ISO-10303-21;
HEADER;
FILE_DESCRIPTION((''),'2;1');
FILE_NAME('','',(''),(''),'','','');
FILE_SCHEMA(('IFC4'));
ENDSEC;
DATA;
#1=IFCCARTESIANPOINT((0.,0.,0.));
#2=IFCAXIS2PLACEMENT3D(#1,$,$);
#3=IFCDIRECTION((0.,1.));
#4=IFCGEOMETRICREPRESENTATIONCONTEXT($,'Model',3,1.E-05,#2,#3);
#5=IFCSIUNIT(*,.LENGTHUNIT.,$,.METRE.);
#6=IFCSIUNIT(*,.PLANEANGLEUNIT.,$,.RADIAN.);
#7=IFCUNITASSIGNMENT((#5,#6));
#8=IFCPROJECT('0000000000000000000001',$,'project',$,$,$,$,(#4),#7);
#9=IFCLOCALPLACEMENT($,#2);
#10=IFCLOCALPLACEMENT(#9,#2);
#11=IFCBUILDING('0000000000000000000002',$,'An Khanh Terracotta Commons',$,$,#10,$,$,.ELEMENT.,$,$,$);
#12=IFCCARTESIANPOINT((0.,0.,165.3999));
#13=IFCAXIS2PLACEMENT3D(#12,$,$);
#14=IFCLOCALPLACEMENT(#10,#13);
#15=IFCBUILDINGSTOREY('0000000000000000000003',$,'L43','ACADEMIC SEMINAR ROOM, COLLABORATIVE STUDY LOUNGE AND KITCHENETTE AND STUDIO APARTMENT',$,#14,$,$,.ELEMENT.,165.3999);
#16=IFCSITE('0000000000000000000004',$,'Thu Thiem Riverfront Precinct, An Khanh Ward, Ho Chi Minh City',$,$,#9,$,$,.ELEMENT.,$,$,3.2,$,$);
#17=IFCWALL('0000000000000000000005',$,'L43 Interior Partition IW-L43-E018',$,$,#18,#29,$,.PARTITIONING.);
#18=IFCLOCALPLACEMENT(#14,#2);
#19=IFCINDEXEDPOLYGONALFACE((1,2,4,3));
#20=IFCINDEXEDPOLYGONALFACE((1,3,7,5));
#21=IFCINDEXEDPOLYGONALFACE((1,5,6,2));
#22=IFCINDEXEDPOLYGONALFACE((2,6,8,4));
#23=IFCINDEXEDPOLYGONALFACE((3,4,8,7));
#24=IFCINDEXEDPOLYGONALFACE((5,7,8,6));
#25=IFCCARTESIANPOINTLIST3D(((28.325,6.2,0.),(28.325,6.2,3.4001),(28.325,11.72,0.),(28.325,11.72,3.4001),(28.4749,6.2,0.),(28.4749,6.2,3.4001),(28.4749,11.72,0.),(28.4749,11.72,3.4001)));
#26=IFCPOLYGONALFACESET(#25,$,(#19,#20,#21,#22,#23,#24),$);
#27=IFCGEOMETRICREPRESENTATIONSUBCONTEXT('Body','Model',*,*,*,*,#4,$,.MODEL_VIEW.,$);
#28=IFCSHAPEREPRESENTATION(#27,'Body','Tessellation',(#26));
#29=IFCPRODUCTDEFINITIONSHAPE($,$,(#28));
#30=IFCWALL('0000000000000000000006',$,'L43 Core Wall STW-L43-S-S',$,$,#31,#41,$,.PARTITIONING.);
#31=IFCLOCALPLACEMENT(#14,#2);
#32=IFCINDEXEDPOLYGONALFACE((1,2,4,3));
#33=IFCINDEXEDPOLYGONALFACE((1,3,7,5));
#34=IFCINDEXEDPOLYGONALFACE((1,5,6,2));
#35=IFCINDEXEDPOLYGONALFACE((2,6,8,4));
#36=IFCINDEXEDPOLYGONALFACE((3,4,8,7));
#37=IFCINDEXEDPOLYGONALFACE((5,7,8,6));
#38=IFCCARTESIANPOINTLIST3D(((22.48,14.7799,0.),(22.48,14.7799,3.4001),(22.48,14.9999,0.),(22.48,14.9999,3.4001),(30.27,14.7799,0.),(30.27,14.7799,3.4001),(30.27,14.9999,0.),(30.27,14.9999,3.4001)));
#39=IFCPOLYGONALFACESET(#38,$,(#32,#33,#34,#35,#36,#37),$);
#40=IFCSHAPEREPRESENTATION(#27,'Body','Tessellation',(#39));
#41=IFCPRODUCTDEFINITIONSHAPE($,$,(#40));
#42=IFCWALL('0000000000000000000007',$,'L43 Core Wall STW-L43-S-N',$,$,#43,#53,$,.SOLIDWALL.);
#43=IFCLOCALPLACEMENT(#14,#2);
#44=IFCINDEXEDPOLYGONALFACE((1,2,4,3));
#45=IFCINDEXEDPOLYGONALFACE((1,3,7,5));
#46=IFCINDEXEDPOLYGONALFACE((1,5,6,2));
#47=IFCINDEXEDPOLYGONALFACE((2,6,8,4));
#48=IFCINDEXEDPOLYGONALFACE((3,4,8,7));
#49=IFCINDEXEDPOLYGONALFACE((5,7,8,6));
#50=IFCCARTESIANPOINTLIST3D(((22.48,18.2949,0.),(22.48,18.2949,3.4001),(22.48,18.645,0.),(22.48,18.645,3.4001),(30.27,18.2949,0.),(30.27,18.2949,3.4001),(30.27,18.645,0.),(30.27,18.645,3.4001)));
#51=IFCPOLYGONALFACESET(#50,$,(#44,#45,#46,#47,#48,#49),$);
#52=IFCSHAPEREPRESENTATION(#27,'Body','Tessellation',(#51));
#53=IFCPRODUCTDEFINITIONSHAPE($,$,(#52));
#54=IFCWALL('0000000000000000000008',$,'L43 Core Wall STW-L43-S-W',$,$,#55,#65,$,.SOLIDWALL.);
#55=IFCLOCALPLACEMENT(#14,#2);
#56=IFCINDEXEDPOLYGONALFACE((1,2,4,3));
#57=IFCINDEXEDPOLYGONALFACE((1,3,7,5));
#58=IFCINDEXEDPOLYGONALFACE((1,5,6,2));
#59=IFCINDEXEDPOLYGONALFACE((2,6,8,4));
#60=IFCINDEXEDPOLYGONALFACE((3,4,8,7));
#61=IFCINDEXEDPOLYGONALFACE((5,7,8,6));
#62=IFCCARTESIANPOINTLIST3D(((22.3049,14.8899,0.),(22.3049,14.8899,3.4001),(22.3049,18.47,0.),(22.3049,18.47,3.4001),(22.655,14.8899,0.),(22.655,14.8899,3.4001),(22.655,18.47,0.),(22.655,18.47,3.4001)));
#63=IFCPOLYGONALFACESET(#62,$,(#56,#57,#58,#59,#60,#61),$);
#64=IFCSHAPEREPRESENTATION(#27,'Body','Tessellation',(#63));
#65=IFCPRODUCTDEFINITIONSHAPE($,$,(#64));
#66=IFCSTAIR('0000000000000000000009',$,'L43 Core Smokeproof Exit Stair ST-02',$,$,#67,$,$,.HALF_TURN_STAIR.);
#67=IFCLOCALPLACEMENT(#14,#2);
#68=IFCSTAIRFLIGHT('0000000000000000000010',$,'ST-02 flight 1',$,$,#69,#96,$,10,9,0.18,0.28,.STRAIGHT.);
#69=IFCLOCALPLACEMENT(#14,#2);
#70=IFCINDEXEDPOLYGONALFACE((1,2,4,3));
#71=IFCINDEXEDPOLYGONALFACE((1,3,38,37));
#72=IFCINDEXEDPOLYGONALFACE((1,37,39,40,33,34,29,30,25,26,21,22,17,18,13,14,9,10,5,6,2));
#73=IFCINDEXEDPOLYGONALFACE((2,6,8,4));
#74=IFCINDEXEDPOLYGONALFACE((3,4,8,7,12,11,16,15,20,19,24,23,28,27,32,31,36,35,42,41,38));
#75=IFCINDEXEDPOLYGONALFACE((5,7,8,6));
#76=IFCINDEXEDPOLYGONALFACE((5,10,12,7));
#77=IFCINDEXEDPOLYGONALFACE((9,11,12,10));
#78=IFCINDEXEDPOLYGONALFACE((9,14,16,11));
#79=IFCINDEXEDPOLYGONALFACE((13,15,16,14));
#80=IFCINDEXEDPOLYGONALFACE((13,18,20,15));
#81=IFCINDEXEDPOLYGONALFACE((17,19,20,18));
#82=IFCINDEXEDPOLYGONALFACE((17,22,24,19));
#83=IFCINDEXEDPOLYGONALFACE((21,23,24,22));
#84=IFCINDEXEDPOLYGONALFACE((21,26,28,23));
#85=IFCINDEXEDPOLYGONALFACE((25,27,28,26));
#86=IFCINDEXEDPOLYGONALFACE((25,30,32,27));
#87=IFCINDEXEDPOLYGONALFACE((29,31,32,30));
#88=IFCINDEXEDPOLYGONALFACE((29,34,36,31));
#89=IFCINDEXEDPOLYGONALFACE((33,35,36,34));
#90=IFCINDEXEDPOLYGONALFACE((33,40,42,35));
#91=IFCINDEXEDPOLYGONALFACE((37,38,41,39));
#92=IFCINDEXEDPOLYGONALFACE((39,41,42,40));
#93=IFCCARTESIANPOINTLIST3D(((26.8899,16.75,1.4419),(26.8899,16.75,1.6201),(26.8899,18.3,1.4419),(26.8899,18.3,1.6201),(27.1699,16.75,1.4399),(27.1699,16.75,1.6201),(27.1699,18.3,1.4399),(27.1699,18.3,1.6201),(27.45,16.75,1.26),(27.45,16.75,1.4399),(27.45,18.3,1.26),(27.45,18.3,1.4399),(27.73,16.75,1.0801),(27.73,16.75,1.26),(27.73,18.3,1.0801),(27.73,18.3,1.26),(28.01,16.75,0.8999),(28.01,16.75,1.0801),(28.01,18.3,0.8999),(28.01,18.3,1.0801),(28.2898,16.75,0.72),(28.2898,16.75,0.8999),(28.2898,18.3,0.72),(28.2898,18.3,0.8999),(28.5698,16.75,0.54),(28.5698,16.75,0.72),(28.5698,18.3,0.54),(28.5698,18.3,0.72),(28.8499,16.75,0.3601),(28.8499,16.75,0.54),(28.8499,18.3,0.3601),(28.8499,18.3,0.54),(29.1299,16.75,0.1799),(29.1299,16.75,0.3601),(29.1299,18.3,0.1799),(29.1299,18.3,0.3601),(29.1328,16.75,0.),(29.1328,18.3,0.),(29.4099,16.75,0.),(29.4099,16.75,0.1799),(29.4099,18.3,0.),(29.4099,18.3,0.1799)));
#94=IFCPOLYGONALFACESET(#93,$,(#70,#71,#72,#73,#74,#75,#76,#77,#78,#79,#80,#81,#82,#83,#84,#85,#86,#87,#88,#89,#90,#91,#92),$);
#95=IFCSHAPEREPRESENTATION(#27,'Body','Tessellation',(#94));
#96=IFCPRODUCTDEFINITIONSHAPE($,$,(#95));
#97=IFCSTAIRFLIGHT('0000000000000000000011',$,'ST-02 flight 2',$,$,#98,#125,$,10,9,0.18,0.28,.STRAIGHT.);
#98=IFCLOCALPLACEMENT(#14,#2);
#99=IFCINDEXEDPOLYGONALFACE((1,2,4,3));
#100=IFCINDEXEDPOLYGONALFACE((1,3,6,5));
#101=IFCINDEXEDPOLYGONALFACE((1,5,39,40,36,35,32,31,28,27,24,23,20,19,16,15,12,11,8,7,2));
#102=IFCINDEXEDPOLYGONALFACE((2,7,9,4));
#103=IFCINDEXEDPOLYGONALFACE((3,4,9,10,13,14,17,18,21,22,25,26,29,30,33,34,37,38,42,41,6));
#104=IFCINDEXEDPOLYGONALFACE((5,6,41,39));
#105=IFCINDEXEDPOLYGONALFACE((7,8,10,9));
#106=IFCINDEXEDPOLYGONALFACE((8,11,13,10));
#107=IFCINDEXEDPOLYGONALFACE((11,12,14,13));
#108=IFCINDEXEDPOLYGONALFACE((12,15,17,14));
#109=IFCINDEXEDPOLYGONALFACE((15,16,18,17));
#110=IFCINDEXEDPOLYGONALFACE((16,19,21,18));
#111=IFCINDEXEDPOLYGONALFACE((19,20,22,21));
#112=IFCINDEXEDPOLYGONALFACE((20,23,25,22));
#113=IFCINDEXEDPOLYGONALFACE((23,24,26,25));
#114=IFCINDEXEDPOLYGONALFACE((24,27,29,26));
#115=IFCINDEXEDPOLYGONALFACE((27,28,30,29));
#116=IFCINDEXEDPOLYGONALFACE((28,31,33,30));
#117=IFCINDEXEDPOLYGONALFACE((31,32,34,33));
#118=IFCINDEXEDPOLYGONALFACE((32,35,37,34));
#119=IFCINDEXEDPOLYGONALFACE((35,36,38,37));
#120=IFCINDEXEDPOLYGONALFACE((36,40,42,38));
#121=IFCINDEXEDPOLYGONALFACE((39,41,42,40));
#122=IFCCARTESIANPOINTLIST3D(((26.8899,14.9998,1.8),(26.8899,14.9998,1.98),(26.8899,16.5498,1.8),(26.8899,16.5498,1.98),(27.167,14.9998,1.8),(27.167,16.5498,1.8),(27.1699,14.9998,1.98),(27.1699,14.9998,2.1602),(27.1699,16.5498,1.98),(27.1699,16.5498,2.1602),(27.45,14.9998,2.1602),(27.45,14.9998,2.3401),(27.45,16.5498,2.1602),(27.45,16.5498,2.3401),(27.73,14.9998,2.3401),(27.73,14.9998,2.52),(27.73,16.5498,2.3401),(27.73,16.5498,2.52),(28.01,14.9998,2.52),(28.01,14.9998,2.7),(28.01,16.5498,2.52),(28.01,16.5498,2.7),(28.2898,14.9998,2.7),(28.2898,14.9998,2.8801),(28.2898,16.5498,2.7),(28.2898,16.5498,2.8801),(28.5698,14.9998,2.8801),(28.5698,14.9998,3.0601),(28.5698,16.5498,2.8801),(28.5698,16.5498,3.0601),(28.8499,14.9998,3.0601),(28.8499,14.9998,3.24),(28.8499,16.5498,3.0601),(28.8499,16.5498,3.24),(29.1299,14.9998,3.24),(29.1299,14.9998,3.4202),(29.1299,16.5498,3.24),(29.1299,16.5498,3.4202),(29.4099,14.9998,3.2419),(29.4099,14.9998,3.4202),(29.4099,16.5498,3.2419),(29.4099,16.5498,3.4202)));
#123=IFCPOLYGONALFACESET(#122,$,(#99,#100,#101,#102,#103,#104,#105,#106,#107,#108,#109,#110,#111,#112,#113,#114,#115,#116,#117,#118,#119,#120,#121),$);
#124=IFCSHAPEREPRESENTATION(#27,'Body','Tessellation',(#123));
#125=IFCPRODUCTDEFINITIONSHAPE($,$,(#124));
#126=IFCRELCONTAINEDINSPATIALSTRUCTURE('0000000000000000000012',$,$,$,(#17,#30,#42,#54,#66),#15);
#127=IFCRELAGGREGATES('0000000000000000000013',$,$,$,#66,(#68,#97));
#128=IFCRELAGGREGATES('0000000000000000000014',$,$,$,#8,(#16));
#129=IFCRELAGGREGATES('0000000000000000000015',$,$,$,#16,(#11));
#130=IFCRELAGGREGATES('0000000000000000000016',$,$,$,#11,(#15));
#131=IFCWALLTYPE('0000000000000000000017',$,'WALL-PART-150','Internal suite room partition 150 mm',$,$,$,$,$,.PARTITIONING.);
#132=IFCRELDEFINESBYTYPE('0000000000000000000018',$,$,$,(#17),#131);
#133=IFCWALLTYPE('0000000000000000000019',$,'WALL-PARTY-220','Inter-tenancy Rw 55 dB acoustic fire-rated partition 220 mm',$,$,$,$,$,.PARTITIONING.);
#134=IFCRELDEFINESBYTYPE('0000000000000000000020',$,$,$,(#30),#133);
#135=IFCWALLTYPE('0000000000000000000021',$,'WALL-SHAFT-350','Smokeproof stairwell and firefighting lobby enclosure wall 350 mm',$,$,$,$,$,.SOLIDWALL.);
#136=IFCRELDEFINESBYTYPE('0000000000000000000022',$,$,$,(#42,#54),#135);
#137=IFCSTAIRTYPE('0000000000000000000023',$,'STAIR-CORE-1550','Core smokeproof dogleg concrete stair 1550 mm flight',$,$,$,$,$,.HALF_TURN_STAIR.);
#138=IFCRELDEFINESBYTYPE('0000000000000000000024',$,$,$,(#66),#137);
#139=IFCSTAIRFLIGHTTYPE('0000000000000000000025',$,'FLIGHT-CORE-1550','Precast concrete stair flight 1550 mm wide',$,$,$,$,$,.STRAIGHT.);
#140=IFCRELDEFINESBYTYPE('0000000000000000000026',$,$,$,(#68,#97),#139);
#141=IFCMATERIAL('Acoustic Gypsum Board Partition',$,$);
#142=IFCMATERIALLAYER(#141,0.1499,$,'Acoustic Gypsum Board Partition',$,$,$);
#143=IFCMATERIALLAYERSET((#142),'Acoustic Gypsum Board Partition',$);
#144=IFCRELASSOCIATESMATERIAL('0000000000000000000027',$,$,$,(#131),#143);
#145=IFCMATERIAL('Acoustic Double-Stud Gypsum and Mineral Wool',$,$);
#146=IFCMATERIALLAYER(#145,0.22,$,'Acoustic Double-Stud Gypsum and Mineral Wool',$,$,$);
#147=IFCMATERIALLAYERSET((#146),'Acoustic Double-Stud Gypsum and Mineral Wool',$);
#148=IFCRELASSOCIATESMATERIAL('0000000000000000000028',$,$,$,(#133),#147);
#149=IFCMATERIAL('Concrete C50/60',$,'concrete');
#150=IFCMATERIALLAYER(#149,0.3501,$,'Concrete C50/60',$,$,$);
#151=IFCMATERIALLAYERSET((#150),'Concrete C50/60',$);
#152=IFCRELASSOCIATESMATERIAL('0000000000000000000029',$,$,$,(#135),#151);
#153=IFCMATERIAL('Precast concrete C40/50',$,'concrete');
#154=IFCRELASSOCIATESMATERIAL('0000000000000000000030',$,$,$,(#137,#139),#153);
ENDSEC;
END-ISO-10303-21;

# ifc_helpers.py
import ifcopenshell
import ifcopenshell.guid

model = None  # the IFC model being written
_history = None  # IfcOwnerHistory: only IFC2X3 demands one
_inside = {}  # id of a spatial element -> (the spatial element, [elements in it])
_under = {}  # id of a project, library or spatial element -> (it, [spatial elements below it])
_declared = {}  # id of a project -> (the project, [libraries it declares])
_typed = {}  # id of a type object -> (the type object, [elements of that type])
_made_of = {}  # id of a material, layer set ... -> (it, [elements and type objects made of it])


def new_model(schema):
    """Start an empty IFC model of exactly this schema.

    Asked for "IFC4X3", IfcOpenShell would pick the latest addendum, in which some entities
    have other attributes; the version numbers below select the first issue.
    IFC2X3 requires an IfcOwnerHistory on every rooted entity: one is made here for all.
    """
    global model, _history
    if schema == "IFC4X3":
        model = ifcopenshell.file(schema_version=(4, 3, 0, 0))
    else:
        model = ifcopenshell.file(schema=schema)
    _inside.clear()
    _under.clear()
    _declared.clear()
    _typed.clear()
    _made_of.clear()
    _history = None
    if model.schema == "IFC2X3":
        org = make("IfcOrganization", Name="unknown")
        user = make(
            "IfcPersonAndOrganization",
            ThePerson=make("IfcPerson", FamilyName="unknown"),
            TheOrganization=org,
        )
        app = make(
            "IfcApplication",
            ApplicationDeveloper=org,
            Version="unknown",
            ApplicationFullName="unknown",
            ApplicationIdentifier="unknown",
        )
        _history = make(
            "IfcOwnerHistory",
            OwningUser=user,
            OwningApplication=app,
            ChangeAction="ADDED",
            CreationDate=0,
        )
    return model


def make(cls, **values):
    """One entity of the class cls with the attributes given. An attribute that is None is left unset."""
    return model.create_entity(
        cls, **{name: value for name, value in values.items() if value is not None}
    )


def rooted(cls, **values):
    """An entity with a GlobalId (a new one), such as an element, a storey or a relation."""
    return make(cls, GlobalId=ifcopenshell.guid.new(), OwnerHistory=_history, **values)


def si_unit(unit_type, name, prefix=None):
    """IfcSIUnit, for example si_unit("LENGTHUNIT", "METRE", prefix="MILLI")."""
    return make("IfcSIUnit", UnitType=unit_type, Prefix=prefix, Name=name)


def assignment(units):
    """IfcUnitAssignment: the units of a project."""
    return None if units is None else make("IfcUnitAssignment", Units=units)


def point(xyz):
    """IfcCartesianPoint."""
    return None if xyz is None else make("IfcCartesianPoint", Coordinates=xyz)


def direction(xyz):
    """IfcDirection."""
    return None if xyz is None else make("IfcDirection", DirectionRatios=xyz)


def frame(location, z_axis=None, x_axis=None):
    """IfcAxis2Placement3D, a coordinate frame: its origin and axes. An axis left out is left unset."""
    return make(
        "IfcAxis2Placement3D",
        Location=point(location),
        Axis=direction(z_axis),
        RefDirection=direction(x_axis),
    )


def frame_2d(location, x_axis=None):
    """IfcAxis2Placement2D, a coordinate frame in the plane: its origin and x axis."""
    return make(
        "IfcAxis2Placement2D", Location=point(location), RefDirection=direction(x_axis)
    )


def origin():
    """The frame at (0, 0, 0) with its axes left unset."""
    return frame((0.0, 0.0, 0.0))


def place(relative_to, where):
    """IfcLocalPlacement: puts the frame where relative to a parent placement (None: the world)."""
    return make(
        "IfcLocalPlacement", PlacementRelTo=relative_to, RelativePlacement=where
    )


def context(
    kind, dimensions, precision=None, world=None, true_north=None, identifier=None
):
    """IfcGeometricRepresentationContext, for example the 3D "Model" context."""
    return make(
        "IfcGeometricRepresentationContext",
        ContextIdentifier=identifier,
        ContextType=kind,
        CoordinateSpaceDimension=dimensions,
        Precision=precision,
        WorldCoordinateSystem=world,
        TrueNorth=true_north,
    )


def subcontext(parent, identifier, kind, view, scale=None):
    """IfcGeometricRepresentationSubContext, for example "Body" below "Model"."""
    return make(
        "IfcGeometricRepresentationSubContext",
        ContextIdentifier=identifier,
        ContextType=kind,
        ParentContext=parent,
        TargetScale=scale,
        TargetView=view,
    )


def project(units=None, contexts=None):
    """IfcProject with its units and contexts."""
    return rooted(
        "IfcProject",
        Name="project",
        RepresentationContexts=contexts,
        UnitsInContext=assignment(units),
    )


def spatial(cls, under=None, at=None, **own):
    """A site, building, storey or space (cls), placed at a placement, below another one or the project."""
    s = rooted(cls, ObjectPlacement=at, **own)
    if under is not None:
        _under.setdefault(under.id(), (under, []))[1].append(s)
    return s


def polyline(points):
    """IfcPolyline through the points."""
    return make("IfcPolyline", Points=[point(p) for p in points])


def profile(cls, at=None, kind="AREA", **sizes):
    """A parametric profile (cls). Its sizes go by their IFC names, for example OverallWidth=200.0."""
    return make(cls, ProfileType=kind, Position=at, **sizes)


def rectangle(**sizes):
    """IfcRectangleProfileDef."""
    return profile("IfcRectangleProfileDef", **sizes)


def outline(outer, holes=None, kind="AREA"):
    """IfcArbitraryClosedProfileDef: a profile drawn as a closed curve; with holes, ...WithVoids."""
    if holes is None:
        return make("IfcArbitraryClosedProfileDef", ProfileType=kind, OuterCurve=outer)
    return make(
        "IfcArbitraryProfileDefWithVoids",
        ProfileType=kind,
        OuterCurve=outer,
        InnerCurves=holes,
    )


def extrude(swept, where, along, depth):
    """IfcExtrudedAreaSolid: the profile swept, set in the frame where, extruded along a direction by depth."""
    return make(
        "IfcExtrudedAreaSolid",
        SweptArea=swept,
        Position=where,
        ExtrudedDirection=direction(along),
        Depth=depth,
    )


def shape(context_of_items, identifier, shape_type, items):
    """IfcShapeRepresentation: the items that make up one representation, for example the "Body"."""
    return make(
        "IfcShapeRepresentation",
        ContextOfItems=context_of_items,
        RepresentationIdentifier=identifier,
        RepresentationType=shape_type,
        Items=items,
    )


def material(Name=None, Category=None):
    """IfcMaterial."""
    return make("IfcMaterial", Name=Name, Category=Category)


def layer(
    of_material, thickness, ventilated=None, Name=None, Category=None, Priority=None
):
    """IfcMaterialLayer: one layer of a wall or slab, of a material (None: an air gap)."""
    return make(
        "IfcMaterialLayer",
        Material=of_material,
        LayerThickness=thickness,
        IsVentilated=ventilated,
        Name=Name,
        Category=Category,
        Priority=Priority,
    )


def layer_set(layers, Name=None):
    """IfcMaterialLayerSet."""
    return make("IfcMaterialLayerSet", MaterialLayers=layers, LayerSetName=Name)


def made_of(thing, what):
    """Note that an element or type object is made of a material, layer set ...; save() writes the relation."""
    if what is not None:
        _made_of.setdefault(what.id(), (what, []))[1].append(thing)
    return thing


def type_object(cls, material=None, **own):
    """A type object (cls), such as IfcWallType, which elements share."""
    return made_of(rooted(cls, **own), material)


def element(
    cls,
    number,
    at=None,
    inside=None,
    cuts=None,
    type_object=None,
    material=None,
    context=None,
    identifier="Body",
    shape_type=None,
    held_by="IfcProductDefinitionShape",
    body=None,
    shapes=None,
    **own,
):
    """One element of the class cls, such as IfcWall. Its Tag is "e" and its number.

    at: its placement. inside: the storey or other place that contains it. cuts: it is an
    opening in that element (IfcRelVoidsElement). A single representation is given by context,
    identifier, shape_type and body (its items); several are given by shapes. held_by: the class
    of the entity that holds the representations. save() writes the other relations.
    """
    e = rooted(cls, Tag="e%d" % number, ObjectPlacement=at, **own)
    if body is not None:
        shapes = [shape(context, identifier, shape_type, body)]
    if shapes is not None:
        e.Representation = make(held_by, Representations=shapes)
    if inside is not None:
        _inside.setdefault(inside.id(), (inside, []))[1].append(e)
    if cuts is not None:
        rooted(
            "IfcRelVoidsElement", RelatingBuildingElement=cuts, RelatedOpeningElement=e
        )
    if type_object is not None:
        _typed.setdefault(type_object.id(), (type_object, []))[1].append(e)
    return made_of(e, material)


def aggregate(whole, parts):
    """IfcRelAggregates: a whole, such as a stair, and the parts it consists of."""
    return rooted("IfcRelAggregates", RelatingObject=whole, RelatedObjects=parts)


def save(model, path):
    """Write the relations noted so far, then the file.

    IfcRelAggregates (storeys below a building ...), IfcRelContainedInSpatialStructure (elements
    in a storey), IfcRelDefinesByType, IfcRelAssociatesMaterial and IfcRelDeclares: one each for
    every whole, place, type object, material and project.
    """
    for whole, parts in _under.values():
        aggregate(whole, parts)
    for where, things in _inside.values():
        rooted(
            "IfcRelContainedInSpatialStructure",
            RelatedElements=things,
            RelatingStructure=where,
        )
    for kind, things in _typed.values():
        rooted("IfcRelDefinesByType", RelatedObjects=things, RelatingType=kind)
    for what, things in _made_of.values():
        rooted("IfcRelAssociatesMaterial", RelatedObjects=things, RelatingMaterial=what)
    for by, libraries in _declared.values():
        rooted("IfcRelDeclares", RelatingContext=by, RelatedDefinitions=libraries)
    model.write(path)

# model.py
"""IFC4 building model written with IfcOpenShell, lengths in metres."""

from ifc_helpers import new_model, si_unit, direction, frame, frame_2d, origin, place, context, subcontext, project, spatial, polyline, rectangle, outline, extrude, material, layer, layer_set, type_object, element, aggregate, save


model = new_model("IFC4")

# Units and contexts
model_context = context("Model", 3, precision=1e-05, world=origin(), true_north=direction((0.0, 1.0)))
body_context = subcontext(model_context, "Body", "Model", "MODEL_VIEW")
ifc_project = project(units=[si_unit("LENGTHUNIT", "METRE"), si_unit("PLANEANGLEUNIT", "RADIAN")], contexts=[model_context])

# Site, building, storey
site_placement = place(None, origin())
site = spatial("IfcSite", under=ifc_project, at=site_placement, Name="Thu Thiem Riverfront Precinct, An Khanh Ward, Ho Chi Minh City", CompositionType="ELEMENT", RefElevation=3.2)
building_placement = place(site_placement, origin())
building = spatial("IfcBuilding", under=site, at=building_placement, Name="An Khanh Terracotta Commons", CompositionType="ELEMENT")
storey_placement = place(building_placement, frame((0.0, 0.0, 165.3999)))
storey = spatial("IfcBuildingStorey", under=building, at=storey_placement, Name="L43", Description="ACADEMIC SEMINAR ROOM, COLLABORATIVE STUDY LOUNGE AND KITCHENETTE AND STUDIO APARTMENT", CompositionType="ELEMENT", Elevation=165.3999)

# Walls
ifc_material_1 = material(Name="Acoustic Gypsum Board Partition")
ifc_layer_1 = layer(ifc_material_1, 0.1499, Name="Acoustic Gypsum Board Partition")
ifc_layer_set_1 = layer_set([ifc_layer_1], Name="Acoustic Gypsum Board Partition")
wall_type_1 = type_object("IfcWallType", Name="WALL-PART-150", Description="Internal suite room partition 150 mm", PredefinedType="PARTITIONING", material=ifc_layer_set_1)
for number, where, z_axis, x_axis, name in (
    (1, (28.3999, 6.2, 0.0), (0.0, 0.0, 1.0), (0.0, 1.0, 0.0), "L43 Interior Partition IW-L43-E018"),
):
    element("IfcWall", number, at=place(storey_placement, frame(where, z_axis=z_axis, x_axis=x_axis)), inside=storey, type_object=wall_type_1, Name=name, PredefinedType="PARTITIONING", context=body_context, shape_type="SweptSolid", body=[
        extrude(rectangle(XDim=5.52, YDim=0.1499, at=frame_2d((2.76, 0.0))), origin(), (0.0, 0.0, 1.0), 3.4001),
    ])
ifc_material_2 = material(Name="Acoustic Double-Stud Gypsum and Mineral Wool")
ifc_layer_2 = layer(ifc_material_2, 0.22, Name="Acoustic Double-Stud Gypsum and Mineral Wool")
ifc_layer_set_2 = layer_set([ifc_layer_2], Name="Acoustic Double-Stud Gypsum and Mineral Wool")
wall_type_2 = type_object("IfcWallType", Name="WALL-PARTY-220", Description="Inter-tenancy Rw 55 dB acoustic fire-rated partition 220 mm", PredefinedType="PARTITIONING", material=ifc_layer_set_2)
wall_1_placement = place(storey_placement, frame((22.48, 14.8899, 0.0), z_axis=(0.0, 0.0, 1.0), x_axis=(1.0, 0.0, 0.0)))
element("IfcWall", 2, at=wall_1_placement, inside=storey, type_object=wall_type_2, Name="L43 Core Wall STW-L43-S-S", PredefinedType="PARTITIONING", context=body_context, shape_type="SweptSolid", body=[
    extrude(rectangle(XDim=7.79, YDim=0.22, at=frame_2d((3.895, 0.0))), origin(), (0.0, 0.0, 1.0), 3.4001),
])
ifc_material_3 = material(Name="Concrete C50/60", Category="concrete")
ifc_layer_3 = layer(ifc_material_3, 0.3501, Name="Concrete C50/60")
ifc_layer_set_3 = layer_set([ifc_layer_3], Name="Concrete C50/60")
wall_type_3 = type_object("IfcWallType", Name="WALL-SHAFT-350", Description="Smokeproof stairwell and firefighting lobby enclosure wall 350 mm", PredefinedType="SOLIDWALL", material=ifc_layer_set_3)
wall_2_placement = place(storey_placement, frame((22.48, 18.47, 0.0), z_axis=(0.0, 0.0, 1.0), x_axis=(1.0, 0.0, 0.0)))
element("IfcWall", 3, at=wall_2_placement, inside=storey, type_object=wall_type_3, Name="L43 Core Wall STW-L43-S-N", PredefinedType="SOLIDWALL", context=body_context, shape_type="SweptSolid", body=[
    extrude(rectangle(XDim=7.79, YDim=0.3501, at=frame_2d((3.895, 0.0))), origin(), (0.0, 0.0, 1.0), 3.4001),
])
wall_3_placement = place(storey_placement, frame((22.48, 14.8899, 0.0), z_axis=(0.0, 0.0, 1.0), x_axis=(0.0, 1.0, 0.0)))
element("IfcWall", 4, at=wall_3_placement, inside=storey, type_object=wall_type_3, Name="L43 Core Wall STW-L43-S-W", PredefinedType="SOLIDWALL", context=body_context, shape_type="SweptSolid", body=[
    extrude(rectangle(XDim=3.5801, YDim=0.3501, at=frame_2d((1.79, 0.0))), origin(), (0.0, 0.0, 1.0), 3.4001),
])

# Stair, stair flights
ifc_material_4 = material(Name="Precast concrete C40/50", Category="concrete")
stair_type = type_object("IfcStairType", Name="STAIR-CORE-1550", Description="Core smokeproof dogleg concrete stair 1550 mm flight", PredefinedType="HALF_TURN_STAIR", material=ifc_material_4)
stair_placement = place(storey_placement, origin())
stair = element("IfcStair", 5, at=stair_placement, inside=storey, type_object=stair_type, Name="L43 Core Smokeproof Exit Stair ST-02", PredefinedType="HALF_TURN_STAIR")
stair_flight_type = type_object("IfcStairFlightType", Name="FLIGHT-CORE-1550", Description="Precast concrete stair flight 1550 mm wide", PredefinedType="STRAIGHT", material=ifc_material_4)
stair_flight_1_placement = place(storey_placement, frame((29.4099, 17.5249, 0.0), z_axis=(0.0, 0.0, 1.0), x_axis=(-1.0, 0.0, 0.0)))
stair_flight_1 = element("IfcStairFlight", 6, at=stair_flight_1_placement, type_object=stair_flight_type, Name="ST-02 flight 1", NumberOfRisers=10, NumberOfTreads=9, PredefinedType="STRAIGHT", RiserHeight=0.18, TreadLength=0.28, context=body_context, shape_type="SweptSolid", body=[
    extrude(outline(polyline([(0.0, 0.0), (0.0, 0.1799), (0.28, 0.1799), (0.28, 0.3601), (0.5601, 0.3601), (0.5601, 0.54), (0.8401, 0.54), (0.8401, 0.72), (1.1201, 0.72), (1.1201, 0.8999), (1.3999, 0.8999), (1.3999, 1.0801), (1.6799, 1.0801), (1.6799, 1.26), (1.96, 1.26), (1.96, 1.4399), (2.24, 1.4399), (2.24, 1.6201), (2.52, 1.6201), (2.52, 1.8), (2.52, 1.4419), (0.2771, 0.0), (0.0, 0.0)])), frame((0.0, 0.7749, 0.0), z_axis=(0.0, -1.0, 0.0), x_axis=(1.0, 0.0, 0.0)), (0.0, 0.0, 1.0), 1.55),
])
stair_flight_2_placement = place(storey_placement, frame((26.8899, 15.7749, 1.8), z_axis=(0.0, 0.0, 1.0), x_axis=(1.0, 0.0, 0.0)))
stair_flight_2 = element("IfcStairFlight", 7, at=stair_flight_2_placement, type_object=stair_flight_type, Name="ST-02 flight 2", NumberOfRisers=10, NumberOfTreads=9, PredefinedType="STRAIGHT", RiserHeight=0.18, TreadLength=0.28, context=body_context, shape_type="SweptSolid", body=[
    extrude(outline(polyline([(0.0, 0.0), (0.0, 0.1799), (0.28, 0.1799), (0.28, 0.3601), (0.5601, 0.3601), (0.5601, 0.54), (0.8401, 0.54), (0.8401, 0.72), (1.1201, 0.72), (1.1201, 0.8999), (1.3999, 0.8999), (1.3999, 1.0801), (1.6799, 1.0801), (1.6799, 1.26), (1.96, 1.26), (1.96, 1.4399), (2.24, 1.4399), (2.24, 1.6201), (2.52, 1.6201), (2.52, 1.8), (2.52, 1.4419), (0.2771, 0.0), (0.0, 0.0)])), frame((0.0, 0.7749, 0.0), z_axis=(0.0, -1.0, 0.0), x_axis=(1.0, 0.0, 0.0)), (0.0, 0.0, 1.0), 1.55),
])
aggregate(stair, [stair_flight_1, stair_flight_2])

save(model, "model.ifc")
